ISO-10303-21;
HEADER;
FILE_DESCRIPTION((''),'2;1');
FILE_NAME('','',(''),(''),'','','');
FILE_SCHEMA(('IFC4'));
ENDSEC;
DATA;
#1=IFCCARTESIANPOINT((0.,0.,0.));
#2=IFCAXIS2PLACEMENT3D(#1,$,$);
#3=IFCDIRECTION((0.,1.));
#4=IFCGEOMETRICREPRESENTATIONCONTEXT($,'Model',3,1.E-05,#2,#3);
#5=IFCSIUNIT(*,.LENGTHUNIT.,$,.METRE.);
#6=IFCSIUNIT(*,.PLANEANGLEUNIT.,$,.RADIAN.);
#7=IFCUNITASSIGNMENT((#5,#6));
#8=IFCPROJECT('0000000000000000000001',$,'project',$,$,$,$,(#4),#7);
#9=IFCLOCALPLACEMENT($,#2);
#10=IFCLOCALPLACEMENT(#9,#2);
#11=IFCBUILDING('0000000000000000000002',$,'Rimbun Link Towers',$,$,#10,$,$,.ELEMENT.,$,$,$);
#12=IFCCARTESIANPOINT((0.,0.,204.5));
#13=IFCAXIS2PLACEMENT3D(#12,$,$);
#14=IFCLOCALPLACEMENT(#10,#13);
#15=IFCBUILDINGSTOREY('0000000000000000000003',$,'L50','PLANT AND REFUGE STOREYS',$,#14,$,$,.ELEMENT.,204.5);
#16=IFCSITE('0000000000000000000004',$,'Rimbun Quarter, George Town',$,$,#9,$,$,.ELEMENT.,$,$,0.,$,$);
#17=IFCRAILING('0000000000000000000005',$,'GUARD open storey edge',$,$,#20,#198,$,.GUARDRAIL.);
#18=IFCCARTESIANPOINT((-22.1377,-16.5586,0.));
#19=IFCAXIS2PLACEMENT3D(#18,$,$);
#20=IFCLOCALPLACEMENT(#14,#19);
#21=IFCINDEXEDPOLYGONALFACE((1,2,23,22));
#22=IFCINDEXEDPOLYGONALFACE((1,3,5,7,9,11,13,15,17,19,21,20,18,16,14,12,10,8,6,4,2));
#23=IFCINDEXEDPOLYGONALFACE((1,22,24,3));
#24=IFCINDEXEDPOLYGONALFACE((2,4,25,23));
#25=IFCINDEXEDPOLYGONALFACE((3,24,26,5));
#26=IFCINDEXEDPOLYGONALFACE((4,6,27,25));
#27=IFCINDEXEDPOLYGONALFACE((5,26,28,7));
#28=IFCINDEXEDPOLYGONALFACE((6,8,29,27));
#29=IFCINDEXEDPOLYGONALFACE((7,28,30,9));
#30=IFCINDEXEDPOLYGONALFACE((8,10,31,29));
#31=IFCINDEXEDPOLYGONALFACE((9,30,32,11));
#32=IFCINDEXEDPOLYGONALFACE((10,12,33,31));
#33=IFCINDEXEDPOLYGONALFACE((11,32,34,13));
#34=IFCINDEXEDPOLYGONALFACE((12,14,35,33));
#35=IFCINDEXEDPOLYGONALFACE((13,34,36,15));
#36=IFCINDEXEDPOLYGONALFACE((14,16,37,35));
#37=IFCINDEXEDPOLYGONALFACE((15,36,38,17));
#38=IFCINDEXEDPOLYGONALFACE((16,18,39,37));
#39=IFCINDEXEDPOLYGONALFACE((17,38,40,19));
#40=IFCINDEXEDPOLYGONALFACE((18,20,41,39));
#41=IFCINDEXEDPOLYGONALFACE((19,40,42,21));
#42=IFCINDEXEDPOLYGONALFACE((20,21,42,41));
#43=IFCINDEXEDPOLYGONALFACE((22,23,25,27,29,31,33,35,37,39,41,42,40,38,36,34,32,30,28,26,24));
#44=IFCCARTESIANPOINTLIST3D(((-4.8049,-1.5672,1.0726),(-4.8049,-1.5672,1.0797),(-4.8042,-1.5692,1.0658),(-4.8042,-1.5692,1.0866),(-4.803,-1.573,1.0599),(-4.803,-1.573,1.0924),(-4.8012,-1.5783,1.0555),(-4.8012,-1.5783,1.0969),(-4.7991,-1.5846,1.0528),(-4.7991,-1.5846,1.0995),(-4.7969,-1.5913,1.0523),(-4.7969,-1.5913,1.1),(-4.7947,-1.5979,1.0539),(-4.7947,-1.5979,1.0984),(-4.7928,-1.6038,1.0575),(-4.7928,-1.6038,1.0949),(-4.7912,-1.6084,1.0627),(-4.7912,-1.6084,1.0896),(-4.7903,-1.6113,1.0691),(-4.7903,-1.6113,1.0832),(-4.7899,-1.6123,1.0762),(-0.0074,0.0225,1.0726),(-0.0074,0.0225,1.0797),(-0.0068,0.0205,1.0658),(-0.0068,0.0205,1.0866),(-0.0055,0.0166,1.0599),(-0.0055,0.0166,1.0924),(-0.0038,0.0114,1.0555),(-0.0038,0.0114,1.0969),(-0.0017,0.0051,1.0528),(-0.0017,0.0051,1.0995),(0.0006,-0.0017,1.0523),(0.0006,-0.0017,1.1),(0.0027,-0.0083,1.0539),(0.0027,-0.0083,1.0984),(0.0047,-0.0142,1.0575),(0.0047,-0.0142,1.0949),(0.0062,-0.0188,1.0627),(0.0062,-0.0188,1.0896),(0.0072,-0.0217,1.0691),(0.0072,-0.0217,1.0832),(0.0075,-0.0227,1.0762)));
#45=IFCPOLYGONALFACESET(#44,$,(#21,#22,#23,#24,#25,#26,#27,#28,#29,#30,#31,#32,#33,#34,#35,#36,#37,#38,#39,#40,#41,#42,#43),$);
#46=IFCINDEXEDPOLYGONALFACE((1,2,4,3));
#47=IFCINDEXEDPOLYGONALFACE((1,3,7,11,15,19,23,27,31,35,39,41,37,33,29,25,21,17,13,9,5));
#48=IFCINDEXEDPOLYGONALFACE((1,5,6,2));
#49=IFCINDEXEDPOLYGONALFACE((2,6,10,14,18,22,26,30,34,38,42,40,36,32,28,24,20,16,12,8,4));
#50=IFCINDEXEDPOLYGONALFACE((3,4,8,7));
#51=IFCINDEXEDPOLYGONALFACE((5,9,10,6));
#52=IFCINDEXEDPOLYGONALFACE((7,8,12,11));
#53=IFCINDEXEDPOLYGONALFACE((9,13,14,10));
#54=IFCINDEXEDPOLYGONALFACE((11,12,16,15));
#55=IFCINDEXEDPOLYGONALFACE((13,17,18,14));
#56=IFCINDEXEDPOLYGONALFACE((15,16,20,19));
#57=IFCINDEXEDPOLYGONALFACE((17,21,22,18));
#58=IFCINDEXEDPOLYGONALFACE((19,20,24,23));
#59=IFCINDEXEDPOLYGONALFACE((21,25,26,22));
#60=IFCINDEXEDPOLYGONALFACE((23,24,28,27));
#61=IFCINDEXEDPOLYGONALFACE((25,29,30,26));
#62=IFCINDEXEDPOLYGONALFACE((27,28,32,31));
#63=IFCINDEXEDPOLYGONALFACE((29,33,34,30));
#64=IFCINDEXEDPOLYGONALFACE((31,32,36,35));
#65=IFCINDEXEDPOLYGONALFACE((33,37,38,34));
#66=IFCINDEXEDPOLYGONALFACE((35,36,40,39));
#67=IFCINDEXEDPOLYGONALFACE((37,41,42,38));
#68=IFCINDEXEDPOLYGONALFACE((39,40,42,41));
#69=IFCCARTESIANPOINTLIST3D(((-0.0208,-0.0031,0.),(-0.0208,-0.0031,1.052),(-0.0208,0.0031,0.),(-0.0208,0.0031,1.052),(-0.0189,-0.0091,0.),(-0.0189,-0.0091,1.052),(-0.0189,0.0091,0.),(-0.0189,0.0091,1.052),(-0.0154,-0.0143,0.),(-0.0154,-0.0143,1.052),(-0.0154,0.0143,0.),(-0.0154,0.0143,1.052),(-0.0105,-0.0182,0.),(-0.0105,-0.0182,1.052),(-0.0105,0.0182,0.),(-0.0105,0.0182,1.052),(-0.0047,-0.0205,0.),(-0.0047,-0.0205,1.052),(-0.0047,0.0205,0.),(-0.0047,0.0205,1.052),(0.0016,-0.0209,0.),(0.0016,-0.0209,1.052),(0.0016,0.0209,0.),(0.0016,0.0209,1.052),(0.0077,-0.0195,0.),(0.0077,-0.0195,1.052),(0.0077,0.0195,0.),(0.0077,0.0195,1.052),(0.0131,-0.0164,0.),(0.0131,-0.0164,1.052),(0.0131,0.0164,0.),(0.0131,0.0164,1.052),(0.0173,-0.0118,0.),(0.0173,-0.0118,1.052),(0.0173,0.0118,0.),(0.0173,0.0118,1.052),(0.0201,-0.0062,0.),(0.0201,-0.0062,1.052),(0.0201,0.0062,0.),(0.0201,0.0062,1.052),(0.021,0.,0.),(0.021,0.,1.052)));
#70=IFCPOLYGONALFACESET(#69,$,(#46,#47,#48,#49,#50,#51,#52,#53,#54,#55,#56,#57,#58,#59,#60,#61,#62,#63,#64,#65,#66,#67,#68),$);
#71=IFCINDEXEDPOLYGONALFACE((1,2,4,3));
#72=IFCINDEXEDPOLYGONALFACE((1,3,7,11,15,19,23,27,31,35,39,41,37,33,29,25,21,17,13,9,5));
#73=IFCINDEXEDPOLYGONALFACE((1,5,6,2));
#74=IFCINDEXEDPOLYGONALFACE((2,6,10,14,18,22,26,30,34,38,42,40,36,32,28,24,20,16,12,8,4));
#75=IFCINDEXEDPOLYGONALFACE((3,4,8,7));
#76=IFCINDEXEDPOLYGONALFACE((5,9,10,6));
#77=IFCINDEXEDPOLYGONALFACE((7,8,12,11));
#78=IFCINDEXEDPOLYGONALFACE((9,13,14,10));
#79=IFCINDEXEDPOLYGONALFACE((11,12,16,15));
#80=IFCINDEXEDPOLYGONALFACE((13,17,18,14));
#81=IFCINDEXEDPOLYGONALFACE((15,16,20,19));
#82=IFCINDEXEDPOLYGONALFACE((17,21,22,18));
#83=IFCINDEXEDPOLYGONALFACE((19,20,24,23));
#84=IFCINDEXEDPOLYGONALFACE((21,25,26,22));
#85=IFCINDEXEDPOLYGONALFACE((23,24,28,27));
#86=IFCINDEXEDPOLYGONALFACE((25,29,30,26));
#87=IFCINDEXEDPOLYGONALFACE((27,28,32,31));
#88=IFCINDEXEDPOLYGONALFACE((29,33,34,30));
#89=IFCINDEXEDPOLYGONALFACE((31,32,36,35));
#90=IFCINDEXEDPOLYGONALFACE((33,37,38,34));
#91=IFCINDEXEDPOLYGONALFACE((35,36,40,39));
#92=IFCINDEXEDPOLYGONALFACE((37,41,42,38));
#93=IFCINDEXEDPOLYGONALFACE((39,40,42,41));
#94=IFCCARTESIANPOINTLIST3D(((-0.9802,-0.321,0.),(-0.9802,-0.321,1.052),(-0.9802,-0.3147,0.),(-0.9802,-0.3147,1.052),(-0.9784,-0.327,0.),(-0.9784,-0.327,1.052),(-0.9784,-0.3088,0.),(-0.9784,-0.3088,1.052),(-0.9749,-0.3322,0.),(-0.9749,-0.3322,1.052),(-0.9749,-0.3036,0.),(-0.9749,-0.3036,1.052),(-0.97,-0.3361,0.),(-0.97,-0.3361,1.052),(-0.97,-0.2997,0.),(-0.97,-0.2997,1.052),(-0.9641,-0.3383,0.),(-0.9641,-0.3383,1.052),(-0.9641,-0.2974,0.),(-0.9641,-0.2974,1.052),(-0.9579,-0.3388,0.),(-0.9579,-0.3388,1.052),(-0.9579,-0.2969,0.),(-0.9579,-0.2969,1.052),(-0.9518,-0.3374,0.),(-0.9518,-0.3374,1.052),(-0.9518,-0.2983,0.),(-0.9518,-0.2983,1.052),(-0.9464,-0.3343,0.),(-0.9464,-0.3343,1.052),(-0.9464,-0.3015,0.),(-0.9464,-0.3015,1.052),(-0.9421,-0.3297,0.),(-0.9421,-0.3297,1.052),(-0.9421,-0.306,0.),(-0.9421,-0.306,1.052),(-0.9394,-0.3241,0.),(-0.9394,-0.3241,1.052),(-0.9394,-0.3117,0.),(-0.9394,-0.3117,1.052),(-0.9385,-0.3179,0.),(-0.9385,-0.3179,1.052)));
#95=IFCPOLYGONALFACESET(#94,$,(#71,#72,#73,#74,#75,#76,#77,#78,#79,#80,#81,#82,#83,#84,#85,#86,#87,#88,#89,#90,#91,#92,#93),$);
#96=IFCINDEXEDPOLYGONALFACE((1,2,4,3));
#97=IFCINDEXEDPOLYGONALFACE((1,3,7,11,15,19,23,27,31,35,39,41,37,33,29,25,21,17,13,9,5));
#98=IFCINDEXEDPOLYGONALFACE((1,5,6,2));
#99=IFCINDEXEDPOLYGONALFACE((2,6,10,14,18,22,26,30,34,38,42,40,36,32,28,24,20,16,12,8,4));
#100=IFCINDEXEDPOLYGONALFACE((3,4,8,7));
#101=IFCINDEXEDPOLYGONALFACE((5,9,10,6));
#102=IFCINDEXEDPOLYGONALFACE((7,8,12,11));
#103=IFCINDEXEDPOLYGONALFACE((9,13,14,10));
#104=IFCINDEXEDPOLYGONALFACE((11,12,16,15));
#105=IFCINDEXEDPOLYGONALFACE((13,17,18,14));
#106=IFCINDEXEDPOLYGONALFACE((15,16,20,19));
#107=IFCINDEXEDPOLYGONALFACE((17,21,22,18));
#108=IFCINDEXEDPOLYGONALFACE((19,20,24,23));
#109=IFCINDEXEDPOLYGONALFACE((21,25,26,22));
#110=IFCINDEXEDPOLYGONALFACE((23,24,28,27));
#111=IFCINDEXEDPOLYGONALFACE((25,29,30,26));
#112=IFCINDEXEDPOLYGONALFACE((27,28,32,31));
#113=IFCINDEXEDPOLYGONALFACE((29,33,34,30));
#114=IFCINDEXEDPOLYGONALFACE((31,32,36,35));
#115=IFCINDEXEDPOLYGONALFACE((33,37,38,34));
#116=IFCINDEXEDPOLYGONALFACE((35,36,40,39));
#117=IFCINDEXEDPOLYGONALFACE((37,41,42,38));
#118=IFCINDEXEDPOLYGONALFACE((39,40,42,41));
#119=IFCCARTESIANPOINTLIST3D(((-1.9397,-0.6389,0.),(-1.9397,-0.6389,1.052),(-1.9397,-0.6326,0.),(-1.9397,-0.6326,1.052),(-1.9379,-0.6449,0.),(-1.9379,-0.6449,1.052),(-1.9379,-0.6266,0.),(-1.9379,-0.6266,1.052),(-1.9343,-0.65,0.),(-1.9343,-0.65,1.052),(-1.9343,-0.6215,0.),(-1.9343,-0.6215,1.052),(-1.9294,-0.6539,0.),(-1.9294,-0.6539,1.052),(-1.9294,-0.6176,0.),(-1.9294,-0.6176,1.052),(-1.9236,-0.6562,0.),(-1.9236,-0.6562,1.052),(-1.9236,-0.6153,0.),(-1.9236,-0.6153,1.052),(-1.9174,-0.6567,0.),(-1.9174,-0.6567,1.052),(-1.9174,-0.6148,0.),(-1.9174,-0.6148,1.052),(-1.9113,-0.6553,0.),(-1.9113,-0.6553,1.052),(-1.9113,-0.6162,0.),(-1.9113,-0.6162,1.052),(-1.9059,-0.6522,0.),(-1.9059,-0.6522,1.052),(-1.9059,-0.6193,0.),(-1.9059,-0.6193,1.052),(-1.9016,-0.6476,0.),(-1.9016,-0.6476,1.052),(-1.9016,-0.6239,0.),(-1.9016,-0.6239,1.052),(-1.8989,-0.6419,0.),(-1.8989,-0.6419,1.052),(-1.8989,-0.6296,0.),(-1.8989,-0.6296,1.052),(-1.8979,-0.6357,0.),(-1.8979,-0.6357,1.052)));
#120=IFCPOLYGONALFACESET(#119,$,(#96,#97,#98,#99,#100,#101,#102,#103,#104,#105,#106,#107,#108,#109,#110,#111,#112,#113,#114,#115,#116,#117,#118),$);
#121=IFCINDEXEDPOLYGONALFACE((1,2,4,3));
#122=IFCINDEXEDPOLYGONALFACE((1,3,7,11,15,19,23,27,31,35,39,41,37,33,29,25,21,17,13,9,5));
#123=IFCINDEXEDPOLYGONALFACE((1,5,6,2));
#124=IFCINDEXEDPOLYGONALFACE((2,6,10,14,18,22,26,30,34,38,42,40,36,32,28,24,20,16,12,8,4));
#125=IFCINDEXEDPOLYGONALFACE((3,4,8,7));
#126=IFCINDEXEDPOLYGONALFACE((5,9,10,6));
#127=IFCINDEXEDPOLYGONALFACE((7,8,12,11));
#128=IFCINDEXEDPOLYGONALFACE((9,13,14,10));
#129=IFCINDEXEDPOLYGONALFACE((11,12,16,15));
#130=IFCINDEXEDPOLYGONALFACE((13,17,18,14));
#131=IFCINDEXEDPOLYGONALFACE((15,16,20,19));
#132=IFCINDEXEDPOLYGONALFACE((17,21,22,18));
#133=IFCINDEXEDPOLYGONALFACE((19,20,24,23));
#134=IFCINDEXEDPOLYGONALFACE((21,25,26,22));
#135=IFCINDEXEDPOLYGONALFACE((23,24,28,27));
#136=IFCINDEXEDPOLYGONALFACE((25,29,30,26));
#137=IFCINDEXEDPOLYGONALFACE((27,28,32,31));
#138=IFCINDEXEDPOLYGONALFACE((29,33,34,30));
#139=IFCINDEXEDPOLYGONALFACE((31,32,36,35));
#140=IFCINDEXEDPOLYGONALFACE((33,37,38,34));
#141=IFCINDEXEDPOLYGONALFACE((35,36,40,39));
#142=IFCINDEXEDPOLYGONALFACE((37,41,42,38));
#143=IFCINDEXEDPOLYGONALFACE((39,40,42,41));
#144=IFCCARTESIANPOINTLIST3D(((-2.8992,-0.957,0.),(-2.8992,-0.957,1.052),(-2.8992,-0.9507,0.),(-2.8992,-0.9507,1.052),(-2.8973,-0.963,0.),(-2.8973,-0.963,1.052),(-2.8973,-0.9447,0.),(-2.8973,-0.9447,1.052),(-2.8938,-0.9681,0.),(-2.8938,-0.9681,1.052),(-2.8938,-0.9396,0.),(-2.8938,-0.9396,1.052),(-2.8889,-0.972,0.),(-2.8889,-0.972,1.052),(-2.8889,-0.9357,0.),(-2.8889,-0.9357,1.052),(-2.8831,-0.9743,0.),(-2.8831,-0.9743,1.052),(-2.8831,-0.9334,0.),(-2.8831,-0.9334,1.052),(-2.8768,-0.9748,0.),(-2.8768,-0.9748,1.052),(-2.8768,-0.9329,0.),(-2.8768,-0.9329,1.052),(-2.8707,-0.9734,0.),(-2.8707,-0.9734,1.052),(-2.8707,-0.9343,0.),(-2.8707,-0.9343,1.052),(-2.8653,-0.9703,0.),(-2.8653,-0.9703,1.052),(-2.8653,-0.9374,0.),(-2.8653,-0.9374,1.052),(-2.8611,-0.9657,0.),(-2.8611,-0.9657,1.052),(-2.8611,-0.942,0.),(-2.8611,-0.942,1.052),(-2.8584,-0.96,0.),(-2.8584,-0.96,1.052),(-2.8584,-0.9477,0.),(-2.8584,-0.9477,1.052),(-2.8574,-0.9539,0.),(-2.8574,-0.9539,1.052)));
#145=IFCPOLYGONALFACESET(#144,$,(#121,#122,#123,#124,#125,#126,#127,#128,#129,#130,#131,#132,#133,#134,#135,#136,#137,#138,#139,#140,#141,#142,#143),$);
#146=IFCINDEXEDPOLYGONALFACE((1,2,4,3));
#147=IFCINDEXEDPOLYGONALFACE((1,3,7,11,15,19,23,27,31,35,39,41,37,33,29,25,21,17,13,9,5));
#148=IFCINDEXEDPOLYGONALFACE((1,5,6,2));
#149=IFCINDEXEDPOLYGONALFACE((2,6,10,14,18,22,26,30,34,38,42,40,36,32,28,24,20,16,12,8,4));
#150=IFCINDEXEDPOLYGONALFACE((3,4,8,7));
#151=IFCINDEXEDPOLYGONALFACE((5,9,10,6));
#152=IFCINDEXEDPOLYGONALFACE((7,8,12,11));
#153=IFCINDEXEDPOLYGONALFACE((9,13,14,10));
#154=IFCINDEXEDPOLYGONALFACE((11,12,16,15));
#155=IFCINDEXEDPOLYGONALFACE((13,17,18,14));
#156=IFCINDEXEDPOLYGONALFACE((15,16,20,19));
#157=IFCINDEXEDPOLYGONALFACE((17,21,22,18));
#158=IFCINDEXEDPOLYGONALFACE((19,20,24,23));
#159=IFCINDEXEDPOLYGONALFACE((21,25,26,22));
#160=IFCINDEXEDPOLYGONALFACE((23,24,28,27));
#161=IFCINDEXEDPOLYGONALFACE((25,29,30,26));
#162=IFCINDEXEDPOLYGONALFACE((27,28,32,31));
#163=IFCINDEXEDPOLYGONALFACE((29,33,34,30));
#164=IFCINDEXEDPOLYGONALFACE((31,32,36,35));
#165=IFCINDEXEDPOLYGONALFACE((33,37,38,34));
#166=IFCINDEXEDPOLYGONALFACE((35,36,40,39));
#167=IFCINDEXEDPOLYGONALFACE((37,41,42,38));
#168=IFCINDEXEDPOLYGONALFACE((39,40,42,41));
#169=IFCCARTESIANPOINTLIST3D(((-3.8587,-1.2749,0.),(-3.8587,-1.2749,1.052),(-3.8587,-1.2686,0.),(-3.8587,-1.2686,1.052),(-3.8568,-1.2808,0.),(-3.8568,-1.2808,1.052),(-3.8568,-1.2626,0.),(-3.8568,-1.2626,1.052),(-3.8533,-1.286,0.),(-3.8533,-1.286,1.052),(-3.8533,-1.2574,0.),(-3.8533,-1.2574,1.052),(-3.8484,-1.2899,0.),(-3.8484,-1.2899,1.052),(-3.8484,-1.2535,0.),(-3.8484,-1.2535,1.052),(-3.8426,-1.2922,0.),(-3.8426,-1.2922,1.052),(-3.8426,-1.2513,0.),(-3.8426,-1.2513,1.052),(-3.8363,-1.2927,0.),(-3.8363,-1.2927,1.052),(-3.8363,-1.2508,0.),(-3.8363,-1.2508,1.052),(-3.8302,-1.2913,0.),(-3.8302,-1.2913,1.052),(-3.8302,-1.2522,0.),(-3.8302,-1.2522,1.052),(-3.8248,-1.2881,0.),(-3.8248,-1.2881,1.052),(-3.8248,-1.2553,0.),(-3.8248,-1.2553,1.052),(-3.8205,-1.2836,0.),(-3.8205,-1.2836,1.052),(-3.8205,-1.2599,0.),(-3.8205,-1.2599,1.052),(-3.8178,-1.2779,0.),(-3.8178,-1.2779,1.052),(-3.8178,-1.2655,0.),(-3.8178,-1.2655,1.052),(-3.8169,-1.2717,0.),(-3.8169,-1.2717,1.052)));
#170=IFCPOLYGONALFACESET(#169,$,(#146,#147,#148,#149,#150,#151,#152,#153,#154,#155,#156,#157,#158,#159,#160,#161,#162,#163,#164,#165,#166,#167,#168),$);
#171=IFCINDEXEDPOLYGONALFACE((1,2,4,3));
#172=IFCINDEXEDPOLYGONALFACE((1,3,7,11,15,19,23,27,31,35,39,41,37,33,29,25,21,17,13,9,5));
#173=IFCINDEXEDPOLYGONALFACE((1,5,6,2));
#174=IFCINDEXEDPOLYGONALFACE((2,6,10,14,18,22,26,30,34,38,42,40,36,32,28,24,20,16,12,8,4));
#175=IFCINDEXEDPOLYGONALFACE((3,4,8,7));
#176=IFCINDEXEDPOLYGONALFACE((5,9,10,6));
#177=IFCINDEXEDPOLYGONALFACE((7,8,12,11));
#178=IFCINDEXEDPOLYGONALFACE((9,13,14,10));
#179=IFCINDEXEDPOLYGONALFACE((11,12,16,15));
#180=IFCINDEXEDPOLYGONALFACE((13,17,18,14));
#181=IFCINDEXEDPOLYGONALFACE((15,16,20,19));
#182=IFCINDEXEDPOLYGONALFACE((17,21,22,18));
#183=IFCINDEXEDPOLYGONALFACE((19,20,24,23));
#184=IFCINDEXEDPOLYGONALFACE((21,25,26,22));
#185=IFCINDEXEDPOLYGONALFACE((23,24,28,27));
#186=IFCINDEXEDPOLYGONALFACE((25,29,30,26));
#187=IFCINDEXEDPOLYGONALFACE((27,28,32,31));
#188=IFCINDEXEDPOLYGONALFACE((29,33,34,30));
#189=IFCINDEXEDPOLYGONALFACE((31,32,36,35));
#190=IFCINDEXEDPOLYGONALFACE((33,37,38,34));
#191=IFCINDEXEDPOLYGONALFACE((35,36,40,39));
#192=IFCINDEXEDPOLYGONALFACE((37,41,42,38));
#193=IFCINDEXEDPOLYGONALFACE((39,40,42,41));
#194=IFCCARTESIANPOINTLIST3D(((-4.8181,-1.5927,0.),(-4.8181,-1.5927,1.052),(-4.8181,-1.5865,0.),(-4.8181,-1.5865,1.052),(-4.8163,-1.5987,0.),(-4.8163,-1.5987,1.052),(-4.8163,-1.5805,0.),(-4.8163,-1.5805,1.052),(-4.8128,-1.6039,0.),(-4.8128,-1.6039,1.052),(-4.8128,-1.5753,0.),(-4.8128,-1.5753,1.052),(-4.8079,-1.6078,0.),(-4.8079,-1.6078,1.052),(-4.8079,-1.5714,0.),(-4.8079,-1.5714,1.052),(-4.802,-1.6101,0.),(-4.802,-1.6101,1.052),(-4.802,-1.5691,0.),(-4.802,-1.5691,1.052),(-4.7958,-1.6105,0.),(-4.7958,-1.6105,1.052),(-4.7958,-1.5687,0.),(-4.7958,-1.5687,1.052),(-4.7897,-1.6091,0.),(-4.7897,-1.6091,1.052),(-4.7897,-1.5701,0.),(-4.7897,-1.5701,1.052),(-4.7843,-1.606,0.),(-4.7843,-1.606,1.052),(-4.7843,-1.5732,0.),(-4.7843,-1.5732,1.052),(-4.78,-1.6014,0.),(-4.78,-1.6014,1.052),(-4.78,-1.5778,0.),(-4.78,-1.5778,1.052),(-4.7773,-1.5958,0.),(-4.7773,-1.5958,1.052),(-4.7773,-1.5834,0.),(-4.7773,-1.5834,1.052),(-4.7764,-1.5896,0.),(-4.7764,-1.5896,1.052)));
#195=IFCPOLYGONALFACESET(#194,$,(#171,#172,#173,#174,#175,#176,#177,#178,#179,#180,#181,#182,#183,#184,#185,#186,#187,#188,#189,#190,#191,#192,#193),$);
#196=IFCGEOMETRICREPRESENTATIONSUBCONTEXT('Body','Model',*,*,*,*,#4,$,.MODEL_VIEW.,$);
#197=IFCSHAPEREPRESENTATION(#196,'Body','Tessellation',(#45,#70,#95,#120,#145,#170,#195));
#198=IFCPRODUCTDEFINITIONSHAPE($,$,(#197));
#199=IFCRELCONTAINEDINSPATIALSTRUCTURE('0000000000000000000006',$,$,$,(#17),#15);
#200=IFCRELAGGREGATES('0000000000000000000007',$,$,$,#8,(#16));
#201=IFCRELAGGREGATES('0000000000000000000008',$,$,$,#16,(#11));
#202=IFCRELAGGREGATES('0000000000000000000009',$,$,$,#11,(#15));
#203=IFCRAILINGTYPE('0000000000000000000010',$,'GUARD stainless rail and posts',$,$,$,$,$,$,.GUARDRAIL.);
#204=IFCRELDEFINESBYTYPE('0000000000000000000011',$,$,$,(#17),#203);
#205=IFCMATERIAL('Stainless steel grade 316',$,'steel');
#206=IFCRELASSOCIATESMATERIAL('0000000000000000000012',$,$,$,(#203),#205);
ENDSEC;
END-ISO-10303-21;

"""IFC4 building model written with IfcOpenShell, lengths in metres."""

from ifc_helpers import new_model, si_unit, direction, frame, origin, origin_2d, place, context, subcontext, project, spatial, circle, extrude, material, type_object, element, save


model = new_model("IFC4")

# Units and contexts
model_context = context("Model", 3, precision=1e-05, world=origin(), true_north=direction((0.0, 1.0)))
body_context = subcontext(model_context, "Body", "Model", "MODEL_VIEW")
ifc_project = project(units=[si_unit("LENGTHUNIT", "METRE"), si_unit("PLANEANGLEUNIT", "RADIAN")], contexts=[model_context])

# Site, building, storey
site_placement = place(None, origin())
site = spatial("IfcSite", under=ifc_project, at=site_placement, Name="Rimbun Quarter, George Town", CompositionType="ELEMENT", RefElevation=0.0)
building_placement = place(site_placement, origin())
building = spatial("IfcBuilding", under=site, at=building_placement, Name="Rimbun Link Towers", CompositionType="ELEMENT")
storey_placement = place(building_placement, frame((0.0, 0.0, 204.5)))
storey = spatial("IfcBuildingStorey", under=building, at=storey_placement, Name="L50", Description="PLANT AND REFUGE STOREYS", CompositionType="ELEMENT", Elevation=204.5)

# Railing
ifc_material_1 = material(Name="Stainless steel grade 316", Category="steel")
railing_type = type_object("IfcRailingType", Name="GUARD stainless rail and posts", PredefinedType="GUARDRAIL", material=ifc_material_1)
railing_1_placement = place(storey_placement, frame((-22.1377, -16.5586, 0.0)))
element("IfcRailing", 1, at=railing_1_placement, inside=storey, type_object=railing_type, Name="GUARD open storey edge", PredefinedType="GUARDRAIL", context=body_context, shape_type="SweptSolid", body=[
    extrude(circle(Radius=0.0239, at=origin_2d()), frame((0.0, 0.0, 1.0762), z_axis=(-0.949247, -0.314532, 0.0), x_axis=(0.314532, -0.949247, 0.0)), (0.0, 0.0, 1.0), 5.054),
    extrude(circle(Radius=0.021, at=origin_2d()), origin(), (0.0, 0.0, 1.0), 1.052),
    extrude(circle(Radius=0.021, at=origin_2d()), frame((-0.9595, -0.3179, 0.0)), (0.0, 0.0, 1.0), 1.052),
    extrude(circle(Radius=0.021, at=origin_2d()), frame((-1.9189, -0.6357, 0.0)), (0.0, 0.0, 1.0), 1.052),
    extrude(circle(Radius=0.021, at=origin_2d()), frame((-2.8784, -0.9539, 0.0)), (0.0, 0.0, 1.0), 1.052),
    extrude(circle(Radius=0.021, at=origin_2d()), frame((-3.8379, -1.2717, 0.0)), (0.0, 0.0, 1.0), 1.052),
    extrude(circle(Radius=0.021, at=origin_2d()), frame((-4.7974, -1.5896, 0.0)), (0.0, 0.0, 1.0), 1.052),
])

save(model, "model.ifc")
